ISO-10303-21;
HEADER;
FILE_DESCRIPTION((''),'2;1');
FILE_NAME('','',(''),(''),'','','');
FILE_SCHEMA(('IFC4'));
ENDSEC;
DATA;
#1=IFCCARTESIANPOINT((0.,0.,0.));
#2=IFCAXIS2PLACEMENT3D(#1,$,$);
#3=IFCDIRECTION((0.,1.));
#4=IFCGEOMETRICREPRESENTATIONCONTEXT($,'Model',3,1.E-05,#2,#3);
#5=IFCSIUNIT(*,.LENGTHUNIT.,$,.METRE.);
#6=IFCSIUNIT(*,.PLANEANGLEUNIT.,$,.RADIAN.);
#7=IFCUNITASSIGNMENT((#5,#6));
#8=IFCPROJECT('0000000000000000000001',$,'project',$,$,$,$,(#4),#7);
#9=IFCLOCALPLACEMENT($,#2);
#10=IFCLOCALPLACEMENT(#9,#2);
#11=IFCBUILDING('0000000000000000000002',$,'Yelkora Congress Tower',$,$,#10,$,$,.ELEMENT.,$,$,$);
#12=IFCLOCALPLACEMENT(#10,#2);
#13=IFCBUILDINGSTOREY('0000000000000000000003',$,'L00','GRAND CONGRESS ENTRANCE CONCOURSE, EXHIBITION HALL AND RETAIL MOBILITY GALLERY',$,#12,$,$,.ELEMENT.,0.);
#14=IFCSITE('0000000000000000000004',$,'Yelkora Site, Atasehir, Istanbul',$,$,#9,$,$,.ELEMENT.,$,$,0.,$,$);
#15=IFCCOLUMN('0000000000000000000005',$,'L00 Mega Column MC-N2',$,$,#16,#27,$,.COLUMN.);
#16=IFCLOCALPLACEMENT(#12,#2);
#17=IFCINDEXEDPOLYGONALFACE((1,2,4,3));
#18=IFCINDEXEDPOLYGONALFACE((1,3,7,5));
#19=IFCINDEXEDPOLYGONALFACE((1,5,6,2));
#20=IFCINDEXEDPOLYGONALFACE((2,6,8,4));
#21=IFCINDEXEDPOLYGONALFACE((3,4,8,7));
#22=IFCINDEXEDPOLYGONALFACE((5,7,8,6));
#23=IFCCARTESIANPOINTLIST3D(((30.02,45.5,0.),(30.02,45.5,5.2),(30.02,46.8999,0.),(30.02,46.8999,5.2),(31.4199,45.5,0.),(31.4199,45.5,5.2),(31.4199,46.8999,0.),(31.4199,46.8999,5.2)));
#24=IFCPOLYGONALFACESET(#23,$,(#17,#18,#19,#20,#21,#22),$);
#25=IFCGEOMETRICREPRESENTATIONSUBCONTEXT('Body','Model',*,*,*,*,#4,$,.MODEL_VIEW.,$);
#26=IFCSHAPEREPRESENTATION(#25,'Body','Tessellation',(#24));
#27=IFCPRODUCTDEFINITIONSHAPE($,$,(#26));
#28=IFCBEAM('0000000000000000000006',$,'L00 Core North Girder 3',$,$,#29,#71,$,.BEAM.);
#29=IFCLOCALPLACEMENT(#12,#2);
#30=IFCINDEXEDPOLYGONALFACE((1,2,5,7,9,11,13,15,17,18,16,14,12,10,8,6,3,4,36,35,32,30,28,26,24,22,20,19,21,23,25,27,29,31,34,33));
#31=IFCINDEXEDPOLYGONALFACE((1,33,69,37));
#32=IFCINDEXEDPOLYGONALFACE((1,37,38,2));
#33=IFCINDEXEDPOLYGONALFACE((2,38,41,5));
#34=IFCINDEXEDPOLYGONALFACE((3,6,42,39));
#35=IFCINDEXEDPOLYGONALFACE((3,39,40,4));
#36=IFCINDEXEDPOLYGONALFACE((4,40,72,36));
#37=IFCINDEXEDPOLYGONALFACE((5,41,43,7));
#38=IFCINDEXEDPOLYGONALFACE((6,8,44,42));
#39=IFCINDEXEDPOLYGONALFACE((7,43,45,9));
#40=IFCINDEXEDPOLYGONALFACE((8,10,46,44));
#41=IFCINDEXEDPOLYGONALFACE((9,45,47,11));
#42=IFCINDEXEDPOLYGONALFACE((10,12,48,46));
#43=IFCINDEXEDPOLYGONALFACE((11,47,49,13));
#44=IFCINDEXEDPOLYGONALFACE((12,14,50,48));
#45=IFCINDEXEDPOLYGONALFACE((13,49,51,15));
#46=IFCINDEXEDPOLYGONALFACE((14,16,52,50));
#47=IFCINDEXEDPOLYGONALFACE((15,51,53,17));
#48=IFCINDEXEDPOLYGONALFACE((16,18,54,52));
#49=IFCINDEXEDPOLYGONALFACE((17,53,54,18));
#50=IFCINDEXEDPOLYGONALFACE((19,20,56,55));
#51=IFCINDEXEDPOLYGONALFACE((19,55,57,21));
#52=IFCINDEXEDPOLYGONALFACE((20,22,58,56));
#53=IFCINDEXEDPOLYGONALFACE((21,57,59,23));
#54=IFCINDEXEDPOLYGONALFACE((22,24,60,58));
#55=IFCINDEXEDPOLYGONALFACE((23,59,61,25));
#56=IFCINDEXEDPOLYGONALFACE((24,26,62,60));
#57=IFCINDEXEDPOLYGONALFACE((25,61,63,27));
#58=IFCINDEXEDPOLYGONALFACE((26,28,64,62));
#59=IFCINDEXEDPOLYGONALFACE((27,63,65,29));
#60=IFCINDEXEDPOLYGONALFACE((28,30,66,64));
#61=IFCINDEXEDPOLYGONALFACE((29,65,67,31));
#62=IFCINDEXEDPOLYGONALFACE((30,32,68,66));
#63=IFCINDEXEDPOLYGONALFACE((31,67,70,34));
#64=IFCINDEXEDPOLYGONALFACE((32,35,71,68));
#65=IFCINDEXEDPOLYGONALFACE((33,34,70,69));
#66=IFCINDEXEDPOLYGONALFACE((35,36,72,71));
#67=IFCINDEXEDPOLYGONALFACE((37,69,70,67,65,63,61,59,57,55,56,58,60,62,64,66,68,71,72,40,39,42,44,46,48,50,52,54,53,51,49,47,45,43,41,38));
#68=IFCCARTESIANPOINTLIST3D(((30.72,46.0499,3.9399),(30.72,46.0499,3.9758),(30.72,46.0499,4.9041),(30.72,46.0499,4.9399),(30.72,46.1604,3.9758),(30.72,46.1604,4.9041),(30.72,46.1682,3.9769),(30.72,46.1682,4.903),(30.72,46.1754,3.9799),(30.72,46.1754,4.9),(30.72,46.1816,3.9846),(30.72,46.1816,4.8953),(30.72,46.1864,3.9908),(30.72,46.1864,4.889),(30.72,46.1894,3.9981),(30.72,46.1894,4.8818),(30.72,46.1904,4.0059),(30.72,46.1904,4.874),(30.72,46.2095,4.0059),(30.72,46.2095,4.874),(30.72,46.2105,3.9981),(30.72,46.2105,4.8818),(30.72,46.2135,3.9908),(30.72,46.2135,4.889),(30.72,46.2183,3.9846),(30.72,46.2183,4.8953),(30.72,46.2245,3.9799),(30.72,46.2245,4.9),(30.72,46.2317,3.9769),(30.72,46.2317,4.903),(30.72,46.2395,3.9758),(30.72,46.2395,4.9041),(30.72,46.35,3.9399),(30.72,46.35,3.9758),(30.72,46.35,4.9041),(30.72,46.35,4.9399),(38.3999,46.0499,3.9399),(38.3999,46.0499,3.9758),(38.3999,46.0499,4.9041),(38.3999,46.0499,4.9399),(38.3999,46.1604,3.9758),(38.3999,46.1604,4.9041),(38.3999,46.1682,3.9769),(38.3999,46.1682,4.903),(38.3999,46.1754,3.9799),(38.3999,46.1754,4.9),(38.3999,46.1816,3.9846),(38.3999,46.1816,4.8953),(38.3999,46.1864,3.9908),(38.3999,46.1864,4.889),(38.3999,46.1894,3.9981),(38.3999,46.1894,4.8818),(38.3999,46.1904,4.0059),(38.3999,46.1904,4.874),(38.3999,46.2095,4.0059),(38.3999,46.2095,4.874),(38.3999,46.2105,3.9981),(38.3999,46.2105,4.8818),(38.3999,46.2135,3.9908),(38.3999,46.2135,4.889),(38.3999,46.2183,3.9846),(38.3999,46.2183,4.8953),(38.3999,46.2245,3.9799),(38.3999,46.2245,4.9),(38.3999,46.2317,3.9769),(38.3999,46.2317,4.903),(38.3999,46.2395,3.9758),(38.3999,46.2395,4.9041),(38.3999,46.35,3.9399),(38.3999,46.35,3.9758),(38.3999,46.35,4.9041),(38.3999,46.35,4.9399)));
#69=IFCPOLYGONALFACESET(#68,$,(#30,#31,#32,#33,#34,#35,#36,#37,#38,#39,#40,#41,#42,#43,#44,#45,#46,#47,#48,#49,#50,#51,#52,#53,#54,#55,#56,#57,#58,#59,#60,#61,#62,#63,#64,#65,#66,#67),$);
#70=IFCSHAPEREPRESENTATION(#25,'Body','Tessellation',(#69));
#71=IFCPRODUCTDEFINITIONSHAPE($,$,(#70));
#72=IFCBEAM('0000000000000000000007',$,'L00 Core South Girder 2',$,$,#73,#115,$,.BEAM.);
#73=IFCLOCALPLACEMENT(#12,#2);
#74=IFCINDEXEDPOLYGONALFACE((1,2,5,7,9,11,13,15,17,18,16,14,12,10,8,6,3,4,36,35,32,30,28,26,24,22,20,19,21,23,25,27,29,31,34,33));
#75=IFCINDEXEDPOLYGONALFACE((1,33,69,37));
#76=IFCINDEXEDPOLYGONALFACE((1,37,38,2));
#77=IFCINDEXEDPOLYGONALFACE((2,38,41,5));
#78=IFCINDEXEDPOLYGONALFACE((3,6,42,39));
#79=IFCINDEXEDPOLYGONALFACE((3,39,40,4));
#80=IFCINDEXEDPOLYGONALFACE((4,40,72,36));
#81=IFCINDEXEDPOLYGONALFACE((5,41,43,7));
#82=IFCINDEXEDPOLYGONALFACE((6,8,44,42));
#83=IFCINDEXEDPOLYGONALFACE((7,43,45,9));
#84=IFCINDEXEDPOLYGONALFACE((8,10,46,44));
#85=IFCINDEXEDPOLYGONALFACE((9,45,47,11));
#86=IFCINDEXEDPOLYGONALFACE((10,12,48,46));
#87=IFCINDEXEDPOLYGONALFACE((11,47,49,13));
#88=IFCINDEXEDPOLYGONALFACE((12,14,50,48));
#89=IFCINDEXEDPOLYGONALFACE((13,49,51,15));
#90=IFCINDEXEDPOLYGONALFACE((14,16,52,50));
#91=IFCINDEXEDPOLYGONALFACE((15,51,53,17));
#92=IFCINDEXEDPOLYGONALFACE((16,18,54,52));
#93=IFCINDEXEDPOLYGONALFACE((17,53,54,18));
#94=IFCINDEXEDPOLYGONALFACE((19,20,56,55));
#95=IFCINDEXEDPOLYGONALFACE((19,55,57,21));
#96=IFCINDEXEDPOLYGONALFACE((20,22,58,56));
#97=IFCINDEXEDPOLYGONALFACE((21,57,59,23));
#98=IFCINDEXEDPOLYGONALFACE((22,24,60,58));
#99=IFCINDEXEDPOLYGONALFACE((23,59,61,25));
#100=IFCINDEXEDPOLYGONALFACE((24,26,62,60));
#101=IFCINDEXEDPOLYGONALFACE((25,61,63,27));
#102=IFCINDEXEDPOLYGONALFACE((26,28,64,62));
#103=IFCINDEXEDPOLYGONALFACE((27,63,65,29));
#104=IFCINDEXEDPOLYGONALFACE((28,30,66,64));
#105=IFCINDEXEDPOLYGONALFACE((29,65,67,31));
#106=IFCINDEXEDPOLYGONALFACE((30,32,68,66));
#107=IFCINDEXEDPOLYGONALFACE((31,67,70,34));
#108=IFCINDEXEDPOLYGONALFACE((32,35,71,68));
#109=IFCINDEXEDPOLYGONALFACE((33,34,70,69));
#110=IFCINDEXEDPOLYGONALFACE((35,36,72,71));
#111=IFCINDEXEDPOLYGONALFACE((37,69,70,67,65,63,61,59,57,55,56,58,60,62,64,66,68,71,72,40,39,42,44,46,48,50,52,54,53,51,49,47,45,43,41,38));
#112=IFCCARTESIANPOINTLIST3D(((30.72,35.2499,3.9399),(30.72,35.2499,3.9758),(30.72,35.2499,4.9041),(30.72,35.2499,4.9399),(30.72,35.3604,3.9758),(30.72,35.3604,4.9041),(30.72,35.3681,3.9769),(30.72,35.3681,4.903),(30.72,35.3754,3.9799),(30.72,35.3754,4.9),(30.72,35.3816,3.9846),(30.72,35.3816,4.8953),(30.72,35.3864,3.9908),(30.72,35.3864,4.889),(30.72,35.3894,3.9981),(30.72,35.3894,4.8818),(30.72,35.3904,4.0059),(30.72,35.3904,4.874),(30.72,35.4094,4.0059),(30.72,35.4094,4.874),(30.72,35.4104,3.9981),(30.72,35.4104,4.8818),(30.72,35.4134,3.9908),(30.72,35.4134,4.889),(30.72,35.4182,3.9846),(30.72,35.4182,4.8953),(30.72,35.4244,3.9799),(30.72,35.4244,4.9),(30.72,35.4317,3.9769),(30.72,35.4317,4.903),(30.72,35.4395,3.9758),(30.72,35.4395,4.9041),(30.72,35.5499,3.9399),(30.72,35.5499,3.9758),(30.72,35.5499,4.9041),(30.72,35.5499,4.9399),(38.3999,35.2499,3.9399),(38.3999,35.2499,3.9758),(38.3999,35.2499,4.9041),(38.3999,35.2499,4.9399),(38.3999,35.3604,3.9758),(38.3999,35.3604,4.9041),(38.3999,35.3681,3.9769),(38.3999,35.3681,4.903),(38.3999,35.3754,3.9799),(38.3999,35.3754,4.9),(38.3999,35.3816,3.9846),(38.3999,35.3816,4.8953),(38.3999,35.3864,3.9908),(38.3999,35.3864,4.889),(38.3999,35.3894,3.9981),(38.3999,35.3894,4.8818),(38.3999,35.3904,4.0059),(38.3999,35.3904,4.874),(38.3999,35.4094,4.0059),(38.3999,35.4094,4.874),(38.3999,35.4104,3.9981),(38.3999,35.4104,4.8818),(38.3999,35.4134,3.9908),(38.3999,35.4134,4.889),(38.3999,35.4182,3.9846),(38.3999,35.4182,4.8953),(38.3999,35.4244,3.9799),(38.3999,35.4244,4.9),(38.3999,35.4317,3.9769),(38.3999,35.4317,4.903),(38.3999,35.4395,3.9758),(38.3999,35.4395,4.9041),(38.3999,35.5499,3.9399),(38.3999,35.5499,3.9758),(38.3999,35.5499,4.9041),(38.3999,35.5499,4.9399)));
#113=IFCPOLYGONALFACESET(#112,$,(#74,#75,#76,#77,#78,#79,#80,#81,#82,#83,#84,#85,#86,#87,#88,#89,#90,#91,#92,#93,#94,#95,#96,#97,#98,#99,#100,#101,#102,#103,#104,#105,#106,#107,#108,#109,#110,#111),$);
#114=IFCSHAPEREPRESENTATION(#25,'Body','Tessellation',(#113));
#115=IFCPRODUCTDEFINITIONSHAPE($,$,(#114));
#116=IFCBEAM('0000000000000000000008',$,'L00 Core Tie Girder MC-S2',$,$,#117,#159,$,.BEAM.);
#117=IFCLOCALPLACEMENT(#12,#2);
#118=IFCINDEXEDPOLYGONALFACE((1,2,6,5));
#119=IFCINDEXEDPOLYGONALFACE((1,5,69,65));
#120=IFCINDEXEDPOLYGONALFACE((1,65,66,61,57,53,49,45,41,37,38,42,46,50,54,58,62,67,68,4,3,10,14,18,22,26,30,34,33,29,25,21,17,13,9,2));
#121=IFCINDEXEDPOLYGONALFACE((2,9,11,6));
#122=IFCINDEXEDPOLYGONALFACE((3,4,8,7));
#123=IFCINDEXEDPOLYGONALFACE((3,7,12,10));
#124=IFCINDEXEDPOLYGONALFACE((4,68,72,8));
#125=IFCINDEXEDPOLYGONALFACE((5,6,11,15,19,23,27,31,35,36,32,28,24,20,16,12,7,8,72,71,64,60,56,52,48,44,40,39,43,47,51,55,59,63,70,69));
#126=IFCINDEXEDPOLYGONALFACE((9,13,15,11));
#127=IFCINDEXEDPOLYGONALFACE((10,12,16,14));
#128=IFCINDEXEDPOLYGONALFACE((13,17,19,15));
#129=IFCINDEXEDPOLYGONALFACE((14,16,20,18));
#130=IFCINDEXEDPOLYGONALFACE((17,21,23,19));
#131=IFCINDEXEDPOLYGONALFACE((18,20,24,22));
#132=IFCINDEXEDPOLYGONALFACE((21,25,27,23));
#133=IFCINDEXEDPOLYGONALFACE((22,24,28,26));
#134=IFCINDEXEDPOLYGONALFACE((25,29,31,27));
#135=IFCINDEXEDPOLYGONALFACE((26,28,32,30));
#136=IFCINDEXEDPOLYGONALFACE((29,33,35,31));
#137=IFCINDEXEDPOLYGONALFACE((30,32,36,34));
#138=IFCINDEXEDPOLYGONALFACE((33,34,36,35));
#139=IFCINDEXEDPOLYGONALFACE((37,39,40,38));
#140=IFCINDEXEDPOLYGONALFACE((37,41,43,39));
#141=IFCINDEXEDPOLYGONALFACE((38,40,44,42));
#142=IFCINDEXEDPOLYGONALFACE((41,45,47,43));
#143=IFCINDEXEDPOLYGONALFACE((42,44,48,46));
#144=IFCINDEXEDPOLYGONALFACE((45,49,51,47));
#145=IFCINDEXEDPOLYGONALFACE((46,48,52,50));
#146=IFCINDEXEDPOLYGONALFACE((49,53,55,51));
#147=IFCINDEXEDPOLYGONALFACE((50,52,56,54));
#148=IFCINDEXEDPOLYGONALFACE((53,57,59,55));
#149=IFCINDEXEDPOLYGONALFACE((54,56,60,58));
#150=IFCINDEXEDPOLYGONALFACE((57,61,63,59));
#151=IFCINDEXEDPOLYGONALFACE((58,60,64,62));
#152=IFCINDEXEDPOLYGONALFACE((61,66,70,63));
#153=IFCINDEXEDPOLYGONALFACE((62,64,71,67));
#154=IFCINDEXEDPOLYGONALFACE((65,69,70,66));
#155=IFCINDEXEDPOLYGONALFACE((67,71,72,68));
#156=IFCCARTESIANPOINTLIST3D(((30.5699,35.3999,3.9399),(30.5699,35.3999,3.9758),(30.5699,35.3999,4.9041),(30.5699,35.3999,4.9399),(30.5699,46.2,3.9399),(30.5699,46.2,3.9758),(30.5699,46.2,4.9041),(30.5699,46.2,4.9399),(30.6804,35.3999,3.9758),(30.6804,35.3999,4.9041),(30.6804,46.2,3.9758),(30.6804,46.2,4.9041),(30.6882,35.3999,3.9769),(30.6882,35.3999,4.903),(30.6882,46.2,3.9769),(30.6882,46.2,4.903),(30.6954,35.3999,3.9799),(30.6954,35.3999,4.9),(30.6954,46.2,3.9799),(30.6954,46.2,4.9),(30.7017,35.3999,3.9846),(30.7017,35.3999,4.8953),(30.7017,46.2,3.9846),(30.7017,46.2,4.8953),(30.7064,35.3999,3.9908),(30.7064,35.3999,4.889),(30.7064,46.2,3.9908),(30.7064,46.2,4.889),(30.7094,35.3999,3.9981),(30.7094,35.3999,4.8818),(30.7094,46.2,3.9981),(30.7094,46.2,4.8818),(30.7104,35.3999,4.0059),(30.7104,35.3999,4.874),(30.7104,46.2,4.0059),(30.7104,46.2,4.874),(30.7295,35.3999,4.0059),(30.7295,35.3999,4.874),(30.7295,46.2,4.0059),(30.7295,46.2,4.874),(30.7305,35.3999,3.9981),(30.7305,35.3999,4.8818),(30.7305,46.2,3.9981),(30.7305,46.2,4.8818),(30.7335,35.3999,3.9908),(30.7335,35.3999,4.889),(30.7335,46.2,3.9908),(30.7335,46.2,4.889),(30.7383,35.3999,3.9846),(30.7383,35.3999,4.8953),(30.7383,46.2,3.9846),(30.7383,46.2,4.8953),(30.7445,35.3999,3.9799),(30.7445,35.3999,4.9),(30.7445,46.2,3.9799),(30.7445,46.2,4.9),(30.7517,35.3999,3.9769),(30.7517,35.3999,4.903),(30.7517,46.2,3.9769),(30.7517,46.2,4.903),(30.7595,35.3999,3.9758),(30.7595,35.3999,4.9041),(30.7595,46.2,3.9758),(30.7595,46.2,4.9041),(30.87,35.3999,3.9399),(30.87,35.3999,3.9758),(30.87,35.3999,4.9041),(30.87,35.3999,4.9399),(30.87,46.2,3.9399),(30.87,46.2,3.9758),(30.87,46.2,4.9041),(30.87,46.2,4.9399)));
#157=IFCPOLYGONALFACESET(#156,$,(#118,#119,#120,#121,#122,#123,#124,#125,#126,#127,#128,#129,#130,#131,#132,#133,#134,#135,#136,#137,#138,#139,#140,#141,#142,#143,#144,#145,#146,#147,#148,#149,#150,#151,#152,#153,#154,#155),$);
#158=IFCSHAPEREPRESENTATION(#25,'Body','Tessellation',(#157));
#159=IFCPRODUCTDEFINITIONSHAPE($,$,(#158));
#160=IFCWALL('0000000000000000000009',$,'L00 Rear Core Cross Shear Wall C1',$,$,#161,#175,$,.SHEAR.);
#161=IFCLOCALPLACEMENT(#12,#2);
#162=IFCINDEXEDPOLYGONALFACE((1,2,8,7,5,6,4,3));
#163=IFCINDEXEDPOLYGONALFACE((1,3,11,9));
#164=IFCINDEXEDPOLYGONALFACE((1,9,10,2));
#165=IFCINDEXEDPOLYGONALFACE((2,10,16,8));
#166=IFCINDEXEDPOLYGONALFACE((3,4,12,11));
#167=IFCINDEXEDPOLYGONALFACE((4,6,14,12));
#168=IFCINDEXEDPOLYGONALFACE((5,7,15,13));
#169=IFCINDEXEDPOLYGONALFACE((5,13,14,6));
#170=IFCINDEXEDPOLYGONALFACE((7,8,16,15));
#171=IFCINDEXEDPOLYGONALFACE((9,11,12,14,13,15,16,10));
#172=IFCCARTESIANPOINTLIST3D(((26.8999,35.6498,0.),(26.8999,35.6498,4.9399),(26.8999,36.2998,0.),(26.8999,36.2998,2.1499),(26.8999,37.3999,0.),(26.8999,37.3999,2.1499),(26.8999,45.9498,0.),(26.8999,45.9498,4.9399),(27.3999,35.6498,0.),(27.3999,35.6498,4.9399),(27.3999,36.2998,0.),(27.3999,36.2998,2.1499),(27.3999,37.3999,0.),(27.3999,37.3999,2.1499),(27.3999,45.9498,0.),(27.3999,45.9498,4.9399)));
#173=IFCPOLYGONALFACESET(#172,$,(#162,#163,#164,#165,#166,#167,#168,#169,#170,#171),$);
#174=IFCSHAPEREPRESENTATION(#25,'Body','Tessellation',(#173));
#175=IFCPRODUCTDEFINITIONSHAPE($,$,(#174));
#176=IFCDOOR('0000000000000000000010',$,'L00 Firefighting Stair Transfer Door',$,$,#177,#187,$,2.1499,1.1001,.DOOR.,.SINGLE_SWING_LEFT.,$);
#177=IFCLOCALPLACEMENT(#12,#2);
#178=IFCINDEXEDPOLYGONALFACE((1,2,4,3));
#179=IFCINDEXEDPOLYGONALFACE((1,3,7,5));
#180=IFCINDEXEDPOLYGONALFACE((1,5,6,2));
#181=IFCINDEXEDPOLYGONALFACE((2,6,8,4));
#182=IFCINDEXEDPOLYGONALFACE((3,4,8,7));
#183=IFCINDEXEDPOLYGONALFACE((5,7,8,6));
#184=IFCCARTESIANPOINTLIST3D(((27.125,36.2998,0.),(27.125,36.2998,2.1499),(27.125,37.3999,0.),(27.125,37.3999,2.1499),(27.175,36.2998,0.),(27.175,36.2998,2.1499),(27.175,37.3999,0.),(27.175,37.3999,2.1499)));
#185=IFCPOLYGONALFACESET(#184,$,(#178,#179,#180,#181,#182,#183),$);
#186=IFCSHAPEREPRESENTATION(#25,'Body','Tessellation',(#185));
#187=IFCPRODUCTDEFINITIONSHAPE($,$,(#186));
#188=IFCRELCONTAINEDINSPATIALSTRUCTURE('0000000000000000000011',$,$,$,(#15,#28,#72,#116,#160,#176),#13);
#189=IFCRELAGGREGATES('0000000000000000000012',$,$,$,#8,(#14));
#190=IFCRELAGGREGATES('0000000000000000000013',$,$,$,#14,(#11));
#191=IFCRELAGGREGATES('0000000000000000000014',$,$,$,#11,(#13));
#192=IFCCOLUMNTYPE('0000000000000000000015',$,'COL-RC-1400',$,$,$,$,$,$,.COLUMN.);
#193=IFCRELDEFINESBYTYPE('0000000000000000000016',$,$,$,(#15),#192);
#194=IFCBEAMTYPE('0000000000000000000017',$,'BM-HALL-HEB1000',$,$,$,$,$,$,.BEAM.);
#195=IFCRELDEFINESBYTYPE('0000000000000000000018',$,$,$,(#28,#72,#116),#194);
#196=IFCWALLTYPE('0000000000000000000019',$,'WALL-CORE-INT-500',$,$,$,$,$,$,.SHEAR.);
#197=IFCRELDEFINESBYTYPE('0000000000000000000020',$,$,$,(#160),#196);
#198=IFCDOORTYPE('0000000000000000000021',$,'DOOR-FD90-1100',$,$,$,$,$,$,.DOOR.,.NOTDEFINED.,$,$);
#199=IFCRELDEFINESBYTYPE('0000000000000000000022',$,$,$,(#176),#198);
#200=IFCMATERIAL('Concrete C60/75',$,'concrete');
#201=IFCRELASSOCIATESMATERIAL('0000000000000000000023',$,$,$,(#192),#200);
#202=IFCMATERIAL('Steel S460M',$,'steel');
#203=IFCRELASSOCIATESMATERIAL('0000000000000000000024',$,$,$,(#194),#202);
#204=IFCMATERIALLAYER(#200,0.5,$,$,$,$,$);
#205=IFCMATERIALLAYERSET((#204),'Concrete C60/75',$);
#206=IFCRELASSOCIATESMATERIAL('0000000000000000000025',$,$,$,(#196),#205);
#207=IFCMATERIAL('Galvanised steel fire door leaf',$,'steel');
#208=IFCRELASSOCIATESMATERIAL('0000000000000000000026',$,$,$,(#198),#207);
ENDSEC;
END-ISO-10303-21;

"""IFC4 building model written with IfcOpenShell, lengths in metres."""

from ifc_helpers import new_model, si_unit, direction, frame, frame_2d, origin, origin_2d, place, context, subcontext, project, spatial, rectangle, i_section, extrude, material, layer, layer_set, material_profile, profile_set, type_object, element, fill, save


model = new_model("IFC4")

# Units and contexts
model_context = context("Model", 3, precision=1e-05, world=origin(), true_north=direction((0.0, 1.0)))
body_context = subcontext(model_context, "Body", "Model", "MODEL_VIEW")
ifc_project = project(units=[si_unit("LENGTHUNIT", "METRE"), si_unit("PLANEANGLEUNIT", "RADIAN")], contexts=[model_context])

# Site, building, storey
site_placement = place(None, origin())
site = spatial("IfcSite", under=ifc_project, at=site_placement, Name="Yelkora Site, Atasehir, Istanbul", CompositionType="ELEMENT", RefElevation=0.0)
building_placement = place(site_placement, origin())
building = spatial("IfcBuilding", under=site, at=building_placement, Name="Yelkora Congress Tower", CompositionType="ELEMENT")
storey_placement = place(building_placement, origin())
storey = spatial("IfcBuildingStorey", under=building, at=storey_placement, Name="L00", Description="GRAND CONGRESS ENTRANCE CONCOURSE, EXHIBITION HALL AND RETAIL MOBILITY GALLERY", CompositionType="ELEMENT", Elevation=0.0)

# Column
ifc_material_1 = material(Name="Concrete C60/75", Category="concrete")
ifc_material_profile_1 = material_profile(ifc_material_1, rectangle(XDim=1.3999, YDim=1.3999, at=origin_2d()), Name="RC 1400x1400")
ifc_profile_set_1 = profile_set([ifc_material_profile_1], Name="Concrete C60/75")
column_type = type_object("IfcColumnType", Name="COL-RC-1400", PredefinedType="COLUMN", material=ifc_profile_set_1)
column_placement = place(storey_placement, frame((30.72, 46.2, 0.0), z_axis=(0.0, 0.0, 1.0), x_axis=(1.0, 0.0, 0.0)))
element("IfcColumn", 1, at=column_placement, inside=storey, type_object=column_type, Name="L00 Mega Column MC-N2", PredefinedType="COLUMN", context=body_context, shape_type="SweptSolid", body=[
    extrude(rectangle(XDim=1.3999, YDim=1.3999, at=origin_2d()), origin(), (0.0, 0.0, 1.0), 5.2),
])

# Beams
ifc_material_2 = material(Name="Steel S460M", Category="steel")
ifc_material_profile_2 = material_profile(ifc_material_2, i_section(OverallWidth=0.3, OverallDepth=1.0, WebThickness=0.019, FlangeThickness=0.0359, FilletRadius=0.03, at=origin_2d()), Name="HEB 1000")
ifc_profile_set_2 = profile_set([ifc_material_profile_2], Name="Steel S460M")
beam_type = type_object("IfcBeamType", Name="BM-HALL-HEB1000", PredefinedType="BEAM", material=ifc_profile_set_2)
for number, where, z_axis, x_axis, name in (
    (2, (30.72, 46.2, 4.4399), (1.0, 0.0, 0.0), (0.0, 1.0, 0.0), "L00 Core North Girder 3"),
    (3, (30.72, 35.3999, 4.4399), (1.0, 0.0, 0.0), (0.0, 1.0, 0.0), "L00 Core South Girder 2"),
):
    element("IfcBeam", number, at=place(storey_placement, frame(where, z_axis=z_axis, x_axis=x_axis)), inside=storey, type_object=beam_type, Name=name, PredefinedType="BEAM", context=body_context, shape_type="SweptSolid", body=[
        extrude(i_section(OverallWidth=0.3, OverallDepth=1.0, WebThickness=0.019, FlangeThickness=0.0359, FilletRadius=0.03, at=origin_2d()), origin(), (0.0, 0.0, 1.0), 7.6799),
    ])
beam_placement = place(storey_placement, frame((30.72, 35.3999, 4.4399), z_axis=(0.0, 1.0, 0.0), x_axis=(-1.0, 0.0, 0.0)))
element("IfcBeam", 4, at=beam_placement, inside=storey, type_object=beam_type, Name="L00 Core Tie Girder MC-S2", PredefinedType="BEAM", context=body_context, shape_type="SweptSolid", body=[
    extrude(i_section(OverallWidth=0.3, OverallDepth=1.0, WebThickness=0.019, FlangeThickness=0.0359, FilletRadius=0.03, at=origin_2d()), origin(), (0.0, 0.0, 1.0), 10.8),
])

# Wall, opening, door
ifc_layer_1 = layer(ifc_material_1, 0.5)
ifc_layer_set_1 = layer_set([ifc_layer_1], Name="Concrete C60/75")
wall_type_1 = type_object("IfcWallType", Name="WALL-CORE-INT-500", PredefinedType="SHEAR", material=ifc_layer_set_1)
wall_1_placement = place(storey_placement, frame((27.1499, 35.6499, 0.0), z_axis=(0.0, 0.0, 1.0), x_axis=(0.0, 1.0, 0.0)))
wall_1 = element("IfcWall", 5, at=wall_1_placement, inside=storey, type_object=wall_type_1, Name="L00 Rear Core Cross Shear Wall C1", PredefinedType="SHEAR", context=body_context, shape_type="SweptSolid", body=[
    extrude(rectangle(XDim=10.3, YDim=0.5, at=frame_2d((5.1499, 0.0))), origin(), (0.0, 0.0, 1.0), 4.9399),
])
opening_1_placement = place(wall_1_placement, frame((0.6499, 0.0, 0.0)))
opening_1 = element("IfcOpeningElement", 6, at=opening_1_placement, cuts=wall_1, PredefinedType="OPENING", context=body_context, shape_type="SweptSolid", body=[
    extrude(rectangle(XDim=1.1001, YDim=2.1499, at=frame_2d((0.55, 1.075))), frame((0.0, 0.26, 0.0), z_axis=(0.0, -1.0, 0.0), x_axis=(1.0, 0.0, 0.0)), (0.0, 0.0, 1.0), 0.52),
])
ifc_material_3 = material(Name="Galvanised steel fire door leaf", Category="steel")
door_type_1 = type_object("IfcDoorType", Name="DOOR-FD90-1100", OperationType="NOTDEFINED", PredefinedType="DOOR", material=ifc_material_3)
door_1_placement = place(opening_1_placement, origin())
door_1 = element("IfcDoor", 7, at=door_1_placement, inside=storey, type_object=door_type_1, Name="L00 Firefighting Stair Transfer Door", OperationType="SINGLE_SWING_LEFT", OverallHeight=2.1499, OverallWidth=1.1001, PredefinedType="DOOR", context=body_context, shape_type="SweptSolid", body=[
    extrude(rectangle(XDim=1.1001, YDim=2.1499, at=frame_2d((0.55, 1.075))), frame((0.0, 0.0249, 0.0), z_axis=(0.0, -1.0, 0.0), x_axis=(1.0, 0.0, 0.0)), (0.0, 0.0, 1.0), 0.05),
])
fill(opening_1, door_1)

save(model, "model.ifc")
